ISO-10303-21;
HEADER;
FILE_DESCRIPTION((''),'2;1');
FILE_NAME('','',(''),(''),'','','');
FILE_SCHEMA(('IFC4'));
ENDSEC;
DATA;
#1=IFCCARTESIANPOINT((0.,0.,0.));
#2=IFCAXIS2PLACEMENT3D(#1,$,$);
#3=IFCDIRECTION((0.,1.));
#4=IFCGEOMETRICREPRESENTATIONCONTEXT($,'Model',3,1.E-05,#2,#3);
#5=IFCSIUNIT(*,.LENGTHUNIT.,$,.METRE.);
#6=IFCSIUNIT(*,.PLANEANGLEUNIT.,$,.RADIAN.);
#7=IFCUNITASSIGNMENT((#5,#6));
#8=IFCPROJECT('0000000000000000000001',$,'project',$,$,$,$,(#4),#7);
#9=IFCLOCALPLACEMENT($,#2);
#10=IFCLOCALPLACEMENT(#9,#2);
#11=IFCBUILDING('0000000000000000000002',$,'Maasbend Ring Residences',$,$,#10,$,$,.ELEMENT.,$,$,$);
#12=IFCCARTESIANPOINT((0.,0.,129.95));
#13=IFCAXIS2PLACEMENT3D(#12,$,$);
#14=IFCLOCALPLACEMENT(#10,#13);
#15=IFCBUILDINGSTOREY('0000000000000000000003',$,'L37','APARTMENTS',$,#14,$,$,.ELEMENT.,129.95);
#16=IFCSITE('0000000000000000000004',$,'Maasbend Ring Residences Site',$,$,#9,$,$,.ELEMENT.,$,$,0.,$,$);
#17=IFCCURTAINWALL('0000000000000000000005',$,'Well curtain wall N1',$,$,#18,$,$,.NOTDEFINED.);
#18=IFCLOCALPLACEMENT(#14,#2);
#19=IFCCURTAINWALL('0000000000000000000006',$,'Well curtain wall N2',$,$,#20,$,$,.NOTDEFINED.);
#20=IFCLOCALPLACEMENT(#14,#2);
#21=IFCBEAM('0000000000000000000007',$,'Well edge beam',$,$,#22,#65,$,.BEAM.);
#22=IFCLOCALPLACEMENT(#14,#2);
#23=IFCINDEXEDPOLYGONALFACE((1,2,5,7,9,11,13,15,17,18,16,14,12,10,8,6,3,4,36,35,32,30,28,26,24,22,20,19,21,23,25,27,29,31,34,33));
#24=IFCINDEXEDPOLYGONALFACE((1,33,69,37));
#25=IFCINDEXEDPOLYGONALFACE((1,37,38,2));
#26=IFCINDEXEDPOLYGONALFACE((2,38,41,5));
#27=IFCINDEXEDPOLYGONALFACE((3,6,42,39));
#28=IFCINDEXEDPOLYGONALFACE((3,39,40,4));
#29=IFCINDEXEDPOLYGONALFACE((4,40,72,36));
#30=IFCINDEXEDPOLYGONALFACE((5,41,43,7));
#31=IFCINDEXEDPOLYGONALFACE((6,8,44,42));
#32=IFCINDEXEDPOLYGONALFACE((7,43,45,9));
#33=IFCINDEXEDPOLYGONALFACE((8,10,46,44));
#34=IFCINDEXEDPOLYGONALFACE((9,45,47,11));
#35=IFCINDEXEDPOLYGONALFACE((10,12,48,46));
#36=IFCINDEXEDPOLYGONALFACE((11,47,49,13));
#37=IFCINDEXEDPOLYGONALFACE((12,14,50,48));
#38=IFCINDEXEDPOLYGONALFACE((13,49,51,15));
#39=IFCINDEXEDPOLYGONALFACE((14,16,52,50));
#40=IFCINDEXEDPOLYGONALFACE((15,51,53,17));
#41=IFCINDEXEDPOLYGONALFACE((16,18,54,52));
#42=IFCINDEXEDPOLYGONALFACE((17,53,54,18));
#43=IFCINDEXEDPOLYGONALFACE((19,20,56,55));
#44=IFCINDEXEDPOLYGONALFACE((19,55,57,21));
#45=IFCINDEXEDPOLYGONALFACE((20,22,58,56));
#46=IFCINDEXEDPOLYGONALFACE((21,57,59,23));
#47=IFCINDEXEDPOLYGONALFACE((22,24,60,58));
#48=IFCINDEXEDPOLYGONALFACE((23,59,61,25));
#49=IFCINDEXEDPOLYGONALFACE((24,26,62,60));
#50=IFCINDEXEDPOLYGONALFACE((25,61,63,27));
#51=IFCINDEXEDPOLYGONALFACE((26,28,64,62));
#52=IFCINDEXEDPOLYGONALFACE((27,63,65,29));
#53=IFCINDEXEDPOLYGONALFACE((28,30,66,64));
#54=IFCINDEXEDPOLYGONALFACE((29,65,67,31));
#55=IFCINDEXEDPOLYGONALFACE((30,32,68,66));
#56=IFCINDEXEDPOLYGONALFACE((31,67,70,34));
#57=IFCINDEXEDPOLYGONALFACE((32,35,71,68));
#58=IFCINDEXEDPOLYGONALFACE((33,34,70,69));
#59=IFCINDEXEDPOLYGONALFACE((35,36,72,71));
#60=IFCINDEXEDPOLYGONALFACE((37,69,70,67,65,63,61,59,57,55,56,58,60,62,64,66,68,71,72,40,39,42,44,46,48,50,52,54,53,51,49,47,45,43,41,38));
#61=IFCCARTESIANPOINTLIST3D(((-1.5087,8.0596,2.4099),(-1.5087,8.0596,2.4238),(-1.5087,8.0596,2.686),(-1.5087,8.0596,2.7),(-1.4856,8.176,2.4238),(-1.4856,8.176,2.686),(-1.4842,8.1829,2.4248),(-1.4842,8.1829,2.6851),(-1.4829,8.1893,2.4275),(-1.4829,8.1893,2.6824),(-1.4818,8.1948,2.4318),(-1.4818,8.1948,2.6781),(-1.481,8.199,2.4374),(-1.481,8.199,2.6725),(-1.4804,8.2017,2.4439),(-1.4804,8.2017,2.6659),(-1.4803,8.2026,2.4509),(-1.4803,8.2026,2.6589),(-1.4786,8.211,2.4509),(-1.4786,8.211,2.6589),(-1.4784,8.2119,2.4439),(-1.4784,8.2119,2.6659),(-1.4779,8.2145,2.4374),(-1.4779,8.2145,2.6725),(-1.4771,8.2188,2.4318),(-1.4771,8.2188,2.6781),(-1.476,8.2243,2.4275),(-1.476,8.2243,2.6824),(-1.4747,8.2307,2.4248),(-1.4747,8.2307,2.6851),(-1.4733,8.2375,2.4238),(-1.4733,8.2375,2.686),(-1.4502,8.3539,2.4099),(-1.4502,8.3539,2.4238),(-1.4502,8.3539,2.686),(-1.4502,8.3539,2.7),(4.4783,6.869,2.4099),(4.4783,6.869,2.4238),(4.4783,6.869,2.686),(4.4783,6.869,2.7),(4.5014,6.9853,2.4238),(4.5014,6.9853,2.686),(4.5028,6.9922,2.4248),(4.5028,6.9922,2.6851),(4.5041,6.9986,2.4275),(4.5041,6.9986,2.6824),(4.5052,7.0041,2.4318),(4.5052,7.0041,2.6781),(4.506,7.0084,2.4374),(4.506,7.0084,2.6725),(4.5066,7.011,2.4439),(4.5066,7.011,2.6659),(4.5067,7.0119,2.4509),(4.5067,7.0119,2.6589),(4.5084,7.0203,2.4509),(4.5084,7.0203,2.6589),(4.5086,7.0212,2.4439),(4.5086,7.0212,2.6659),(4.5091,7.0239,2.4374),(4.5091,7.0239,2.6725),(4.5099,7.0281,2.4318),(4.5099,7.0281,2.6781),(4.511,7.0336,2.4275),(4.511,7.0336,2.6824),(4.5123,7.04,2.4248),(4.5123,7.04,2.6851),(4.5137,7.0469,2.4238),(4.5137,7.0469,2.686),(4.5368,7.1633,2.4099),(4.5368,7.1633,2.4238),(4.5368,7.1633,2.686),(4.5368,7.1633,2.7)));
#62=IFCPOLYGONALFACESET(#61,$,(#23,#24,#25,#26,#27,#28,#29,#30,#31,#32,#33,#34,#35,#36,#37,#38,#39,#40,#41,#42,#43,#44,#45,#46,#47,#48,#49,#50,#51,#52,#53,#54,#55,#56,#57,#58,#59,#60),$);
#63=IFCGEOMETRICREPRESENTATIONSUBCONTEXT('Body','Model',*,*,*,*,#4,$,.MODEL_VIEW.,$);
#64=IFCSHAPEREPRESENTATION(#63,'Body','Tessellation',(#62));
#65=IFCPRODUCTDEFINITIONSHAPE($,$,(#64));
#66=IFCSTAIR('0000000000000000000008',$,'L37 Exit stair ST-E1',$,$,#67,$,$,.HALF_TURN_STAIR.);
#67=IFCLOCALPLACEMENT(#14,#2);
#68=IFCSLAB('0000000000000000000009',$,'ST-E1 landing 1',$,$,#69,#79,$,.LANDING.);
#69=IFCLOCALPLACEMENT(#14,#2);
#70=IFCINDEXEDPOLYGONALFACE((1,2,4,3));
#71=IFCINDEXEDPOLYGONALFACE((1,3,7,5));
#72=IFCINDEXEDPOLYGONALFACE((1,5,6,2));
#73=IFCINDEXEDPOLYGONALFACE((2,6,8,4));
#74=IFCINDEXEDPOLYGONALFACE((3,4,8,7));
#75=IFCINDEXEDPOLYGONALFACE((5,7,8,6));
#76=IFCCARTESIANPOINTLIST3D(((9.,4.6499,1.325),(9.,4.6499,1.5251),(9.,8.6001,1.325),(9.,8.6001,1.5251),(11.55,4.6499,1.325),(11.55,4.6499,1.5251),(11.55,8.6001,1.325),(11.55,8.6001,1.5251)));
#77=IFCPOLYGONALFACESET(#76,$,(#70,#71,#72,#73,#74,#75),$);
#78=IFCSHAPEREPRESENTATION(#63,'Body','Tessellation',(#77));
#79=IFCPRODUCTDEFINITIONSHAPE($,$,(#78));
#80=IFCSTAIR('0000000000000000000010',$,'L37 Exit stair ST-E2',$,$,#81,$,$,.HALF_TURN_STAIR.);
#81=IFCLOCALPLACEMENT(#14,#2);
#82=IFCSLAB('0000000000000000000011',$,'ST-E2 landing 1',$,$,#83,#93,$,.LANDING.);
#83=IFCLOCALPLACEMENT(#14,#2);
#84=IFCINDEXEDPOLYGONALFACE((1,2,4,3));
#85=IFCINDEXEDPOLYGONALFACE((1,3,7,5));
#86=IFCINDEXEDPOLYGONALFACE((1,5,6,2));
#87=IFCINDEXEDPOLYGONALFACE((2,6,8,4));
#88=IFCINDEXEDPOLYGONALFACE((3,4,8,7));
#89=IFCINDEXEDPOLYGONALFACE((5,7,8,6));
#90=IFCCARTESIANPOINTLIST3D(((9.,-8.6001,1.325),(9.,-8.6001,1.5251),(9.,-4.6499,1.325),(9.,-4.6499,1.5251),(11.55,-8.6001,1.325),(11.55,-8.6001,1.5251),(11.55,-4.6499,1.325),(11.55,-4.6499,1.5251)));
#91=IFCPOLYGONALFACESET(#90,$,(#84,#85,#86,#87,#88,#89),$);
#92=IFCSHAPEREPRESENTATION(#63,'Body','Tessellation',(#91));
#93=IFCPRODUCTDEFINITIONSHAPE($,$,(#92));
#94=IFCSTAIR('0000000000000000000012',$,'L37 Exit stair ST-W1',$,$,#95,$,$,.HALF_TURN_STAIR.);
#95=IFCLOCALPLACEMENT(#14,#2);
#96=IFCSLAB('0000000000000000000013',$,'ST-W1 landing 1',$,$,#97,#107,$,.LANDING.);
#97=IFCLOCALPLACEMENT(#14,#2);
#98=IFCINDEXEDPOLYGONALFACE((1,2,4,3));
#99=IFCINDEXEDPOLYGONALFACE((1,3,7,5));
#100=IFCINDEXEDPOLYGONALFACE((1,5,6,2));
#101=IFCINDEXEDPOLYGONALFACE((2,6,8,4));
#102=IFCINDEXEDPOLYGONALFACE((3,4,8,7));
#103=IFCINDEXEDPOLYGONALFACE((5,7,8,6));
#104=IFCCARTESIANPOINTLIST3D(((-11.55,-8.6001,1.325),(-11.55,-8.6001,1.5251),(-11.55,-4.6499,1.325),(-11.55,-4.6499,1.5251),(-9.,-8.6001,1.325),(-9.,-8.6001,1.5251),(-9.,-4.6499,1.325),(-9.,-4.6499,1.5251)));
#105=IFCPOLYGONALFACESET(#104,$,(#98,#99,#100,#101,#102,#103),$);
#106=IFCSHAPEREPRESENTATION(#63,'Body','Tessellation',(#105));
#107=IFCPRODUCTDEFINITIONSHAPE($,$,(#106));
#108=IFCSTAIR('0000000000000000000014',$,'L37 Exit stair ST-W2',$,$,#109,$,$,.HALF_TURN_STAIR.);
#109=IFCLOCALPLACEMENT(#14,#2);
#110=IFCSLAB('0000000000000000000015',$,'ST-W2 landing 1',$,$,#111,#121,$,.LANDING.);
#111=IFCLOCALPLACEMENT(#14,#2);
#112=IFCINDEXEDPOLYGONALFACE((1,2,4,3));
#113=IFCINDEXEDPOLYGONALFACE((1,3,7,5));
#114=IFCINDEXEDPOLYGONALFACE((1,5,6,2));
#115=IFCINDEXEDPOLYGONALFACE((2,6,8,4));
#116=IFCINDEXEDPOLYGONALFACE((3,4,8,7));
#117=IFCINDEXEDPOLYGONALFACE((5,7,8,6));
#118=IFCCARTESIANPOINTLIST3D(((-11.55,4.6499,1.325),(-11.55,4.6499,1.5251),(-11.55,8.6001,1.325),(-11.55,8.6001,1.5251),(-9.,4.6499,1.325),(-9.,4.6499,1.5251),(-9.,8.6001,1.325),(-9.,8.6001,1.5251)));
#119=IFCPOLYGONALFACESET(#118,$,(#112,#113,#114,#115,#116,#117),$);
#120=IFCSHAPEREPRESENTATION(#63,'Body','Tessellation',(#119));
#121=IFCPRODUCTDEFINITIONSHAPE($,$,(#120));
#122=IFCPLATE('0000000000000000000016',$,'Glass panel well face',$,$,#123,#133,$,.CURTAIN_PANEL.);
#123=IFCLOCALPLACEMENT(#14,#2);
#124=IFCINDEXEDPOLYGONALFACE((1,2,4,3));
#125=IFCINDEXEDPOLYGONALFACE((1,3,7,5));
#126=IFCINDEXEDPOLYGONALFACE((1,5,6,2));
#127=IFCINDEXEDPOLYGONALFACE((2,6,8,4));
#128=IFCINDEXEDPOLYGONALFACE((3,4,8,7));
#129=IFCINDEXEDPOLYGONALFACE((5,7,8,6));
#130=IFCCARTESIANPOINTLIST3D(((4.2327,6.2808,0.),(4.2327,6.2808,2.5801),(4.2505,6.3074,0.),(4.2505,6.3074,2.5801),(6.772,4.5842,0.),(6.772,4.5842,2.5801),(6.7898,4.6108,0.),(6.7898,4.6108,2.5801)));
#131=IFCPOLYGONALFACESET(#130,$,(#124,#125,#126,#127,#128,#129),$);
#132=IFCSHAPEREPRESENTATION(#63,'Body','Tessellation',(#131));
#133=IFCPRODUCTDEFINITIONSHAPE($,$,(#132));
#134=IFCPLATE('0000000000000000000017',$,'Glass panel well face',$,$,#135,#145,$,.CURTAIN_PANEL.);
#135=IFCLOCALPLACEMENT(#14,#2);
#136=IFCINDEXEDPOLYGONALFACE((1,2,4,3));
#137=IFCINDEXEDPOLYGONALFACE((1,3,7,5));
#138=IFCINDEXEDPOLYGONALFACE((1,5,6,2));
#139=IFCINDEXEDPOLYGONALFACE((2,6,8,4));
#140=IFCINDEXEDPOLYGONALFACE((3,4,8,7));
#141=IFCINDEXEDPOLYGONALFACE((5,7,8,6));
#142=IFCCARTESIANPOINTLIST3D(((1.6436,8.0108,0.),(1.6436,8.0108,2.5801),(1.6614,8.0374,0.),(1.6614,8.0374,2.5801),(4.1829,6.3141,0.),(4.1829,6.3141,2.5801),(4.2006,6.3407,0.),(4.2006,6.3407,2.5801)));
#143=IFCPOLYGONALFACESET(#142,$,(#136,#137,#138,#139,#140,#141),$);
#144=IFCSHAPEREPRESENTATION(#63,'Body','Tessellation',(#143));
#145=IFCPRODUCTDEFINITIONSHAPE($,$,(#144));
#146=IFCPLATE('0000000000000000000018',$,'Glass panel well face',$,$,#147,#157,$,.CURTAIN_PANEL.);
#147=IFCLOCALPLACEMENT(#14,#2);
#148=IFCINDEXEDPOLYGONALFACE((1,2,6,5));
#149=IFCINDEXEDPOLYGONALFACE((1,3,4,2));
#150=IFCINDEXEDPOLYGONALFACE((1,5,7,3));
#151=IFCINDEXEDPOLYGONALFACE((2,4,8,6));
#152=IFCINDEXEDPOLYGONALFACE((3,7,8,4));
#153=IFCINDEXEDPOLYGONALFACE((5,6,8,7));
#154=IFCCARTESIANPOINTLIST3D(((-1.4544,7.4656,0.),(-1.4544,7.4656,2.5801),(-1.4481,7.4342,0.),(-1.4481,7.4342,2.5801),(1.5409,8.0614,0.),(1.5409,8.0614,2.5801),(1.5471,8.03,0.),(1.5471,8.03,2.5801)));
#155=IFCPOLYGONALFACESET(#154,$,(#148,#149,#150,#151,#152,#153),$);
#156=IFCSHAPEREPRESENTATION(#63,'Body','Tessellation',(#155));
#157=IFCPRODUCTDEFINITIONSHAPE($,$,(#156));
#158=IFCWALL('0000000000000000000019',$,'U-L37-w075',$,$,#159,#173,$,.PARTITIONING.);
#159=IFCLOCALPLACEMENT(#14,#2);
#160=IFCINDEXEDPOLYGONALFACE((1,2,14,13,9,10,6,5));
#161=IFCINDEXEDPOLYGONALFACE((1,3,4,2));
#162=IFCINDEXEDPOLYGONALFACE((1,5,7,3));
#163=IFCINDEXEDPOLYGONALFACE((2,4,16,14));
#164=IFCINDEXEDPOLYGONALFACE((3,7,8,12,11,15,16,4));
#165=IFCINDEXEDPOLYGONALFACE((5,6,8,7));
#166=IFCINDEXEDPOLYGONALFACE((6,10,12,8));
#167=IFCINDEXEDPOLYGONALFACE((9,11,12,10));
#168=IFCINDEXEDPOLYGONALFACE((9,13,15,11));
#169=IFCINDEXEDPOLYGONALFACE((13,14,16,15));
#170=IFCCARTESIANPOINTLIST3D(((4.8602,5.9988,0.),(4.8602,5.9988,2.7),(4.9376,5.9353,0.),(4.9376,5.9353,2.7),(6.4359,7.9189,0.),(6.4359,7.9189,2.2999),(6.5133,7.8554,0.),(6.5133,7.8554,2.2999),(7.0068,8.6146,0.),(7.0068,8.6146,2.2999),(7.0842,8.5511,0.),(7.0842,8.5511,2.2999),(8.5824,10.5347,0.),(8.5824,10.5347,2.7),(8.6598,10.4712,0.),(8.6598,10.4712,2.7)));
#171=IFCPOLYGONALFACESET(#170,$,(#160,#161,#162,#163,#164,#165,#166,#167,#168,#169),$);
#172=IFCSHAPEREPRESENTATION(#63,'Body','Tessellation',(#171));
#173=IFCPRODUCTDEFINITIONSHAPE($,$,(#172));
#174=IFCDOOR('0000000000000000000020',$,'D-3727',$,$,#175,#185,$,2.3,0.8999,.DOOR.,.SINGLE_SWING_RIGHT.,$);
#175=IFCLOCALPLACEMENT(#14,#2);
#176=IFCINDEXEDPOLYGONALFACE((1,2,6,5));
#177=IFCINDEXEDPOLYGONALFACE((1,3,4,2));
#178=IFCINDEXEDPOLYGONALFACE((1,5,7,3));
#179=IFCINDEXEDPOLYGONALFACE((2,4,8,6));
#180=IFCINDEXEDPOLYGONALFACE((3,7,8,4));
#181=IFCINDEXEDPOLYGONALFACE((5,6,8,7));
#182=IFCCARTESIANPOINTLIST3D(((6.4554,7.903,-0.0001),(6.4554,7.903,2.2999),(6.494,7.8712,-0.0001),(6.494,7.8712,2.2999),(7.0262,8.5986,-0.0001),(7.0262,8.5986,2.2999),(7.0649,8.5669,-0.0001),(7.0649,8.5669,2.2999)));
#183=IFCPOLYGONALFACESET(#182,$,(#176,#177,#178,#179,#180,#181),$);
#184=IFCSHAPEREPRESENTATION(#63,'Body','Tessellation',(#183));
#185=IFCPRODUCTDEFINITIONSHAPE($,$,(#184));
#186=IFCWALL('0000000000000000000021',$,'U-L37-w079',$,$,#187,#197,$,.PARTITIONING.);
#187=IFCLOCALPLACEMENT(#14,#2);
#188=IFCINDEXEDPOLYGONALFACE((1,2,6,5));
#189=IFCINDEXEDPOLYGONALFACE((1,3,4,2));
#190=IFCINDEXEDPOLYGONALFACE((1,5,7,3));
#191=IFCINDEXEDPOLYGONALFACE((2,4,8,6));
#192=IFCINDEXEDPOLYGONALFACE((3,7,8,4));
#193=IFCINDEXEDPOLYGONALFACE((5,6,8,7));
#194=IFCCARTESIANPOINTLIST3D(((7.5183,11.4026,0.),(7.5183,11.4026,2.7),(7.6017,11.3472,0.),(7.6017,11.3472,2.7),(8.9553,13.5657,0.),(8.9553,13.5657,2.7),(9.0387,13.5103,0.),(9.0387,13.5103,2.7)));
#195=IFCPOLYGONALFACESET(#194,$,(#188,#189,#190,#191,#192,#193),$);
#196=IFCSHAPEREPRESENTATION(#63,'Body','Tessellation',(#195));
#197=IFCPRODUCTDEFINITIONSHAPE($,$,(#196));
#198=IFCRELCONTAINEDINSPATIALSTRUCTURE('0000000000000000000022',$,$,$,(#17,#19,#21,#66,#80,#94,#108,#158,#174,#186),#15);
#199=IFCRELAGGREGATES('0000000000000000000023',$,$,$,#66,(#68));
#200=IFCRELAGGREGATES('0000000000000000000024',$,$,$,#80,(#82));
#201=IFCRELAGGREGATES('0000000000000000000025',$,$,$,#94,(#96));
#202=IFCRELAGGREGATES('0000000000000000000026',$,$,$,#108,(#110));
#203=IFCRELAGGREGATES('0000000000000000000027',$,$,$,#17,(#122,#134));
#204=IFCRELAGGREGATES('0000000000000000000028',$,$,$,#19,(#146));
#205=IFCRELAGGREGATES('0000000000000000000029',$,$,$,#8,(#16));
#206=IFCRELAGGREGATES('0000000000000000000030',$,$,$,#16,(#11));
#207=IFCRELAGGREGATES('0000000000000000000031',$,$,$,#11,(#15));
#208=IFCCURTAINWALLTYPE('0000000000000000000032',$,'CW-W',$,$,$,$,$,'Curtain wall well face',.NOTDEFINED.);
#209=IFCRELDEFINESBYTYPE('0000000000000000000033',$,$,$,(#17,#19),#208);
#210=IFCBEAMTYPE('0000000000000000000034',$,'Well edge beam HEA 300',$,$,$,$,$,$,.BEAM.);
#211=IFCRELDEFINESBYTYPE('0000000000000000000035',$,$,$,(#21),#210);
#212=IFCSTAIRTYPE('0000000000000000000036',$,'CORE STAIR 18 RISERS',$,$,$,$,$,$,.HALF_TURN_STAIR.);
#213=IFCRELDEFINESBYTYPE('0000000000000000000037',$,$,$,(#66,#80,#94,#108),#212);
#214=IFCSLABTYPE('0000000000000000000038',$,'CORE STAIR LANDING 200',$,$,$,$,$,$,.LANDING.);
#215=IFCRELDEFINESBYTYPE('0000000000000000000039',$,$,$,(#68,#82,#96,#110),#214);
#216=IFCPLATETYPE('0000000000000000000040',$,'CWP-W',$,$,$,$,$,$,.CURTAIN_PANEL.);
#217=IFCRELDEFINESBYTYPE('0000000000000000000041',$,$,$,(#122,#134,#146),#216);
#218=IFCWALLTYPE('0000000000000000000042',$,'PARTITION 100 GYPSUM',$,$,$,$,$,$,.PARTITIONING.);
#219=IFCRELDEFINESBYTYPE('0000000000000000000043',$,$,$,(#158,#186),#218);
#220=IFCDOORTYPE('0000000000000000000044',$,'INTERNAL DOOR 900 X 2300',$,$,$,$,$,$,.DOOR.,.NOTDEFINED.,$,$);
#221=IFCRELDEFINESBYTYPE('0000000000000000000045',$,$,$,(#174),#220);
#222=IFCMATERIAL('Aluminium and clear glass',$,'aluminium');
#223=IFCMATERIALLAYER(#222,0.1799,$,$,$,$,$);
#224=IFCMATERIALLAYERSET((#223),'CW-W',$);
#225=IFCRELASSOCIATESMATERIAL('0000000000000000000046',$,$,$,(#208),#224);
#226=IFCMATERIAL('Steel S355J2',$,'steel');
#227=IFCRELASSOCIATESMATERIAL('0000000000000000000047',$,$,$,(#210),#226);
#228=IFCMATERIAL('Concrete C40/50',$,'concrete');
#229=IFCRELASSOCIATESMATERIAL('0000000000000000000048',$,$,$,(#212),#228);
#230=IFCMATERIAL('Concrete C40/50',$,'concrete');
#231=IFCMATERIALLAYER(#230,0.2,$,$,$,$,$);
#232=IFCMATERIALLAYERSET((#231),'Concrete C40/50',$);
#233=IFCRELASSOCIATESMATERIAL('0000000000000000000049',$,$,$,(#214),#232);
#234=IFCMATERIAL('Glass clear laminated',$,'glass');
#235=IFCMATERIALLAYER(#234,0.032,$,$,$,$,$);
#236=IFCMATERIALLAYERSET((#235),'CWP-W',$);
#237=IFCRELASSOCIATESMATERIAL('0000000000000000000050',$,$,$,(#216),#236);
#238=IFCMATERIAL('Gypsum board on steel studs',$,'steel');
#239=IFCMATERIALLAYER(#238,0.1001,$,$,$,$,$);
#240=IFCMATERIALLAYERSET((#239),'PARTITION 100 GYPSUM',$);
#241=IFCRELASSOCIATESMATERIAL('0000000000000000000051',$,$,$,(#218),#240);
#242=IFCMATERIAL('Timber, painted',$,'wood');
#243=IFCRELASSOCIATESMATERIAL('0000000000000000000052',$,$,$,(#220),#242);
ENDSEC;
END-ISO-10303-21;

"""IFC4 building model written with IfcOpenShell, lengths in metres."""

from ifc_helpers import new_model, si_unit, direction, frame, frame_2d, origin, origin_2d, place, context, subcontext, project, spatial, polyline, rectangle, i_section, outline, extrude, material, layer, layer_set, material_profile, profile_set, type_object, element, fill, aggregate, save


model = new_model("IFC4")

# Units and contexts
model_context = context("Model", 3, precision=1e-05, world=origin(), true_north=direction((0.0, 1.0)))
body_context = subcontext(model_context, "Body", "Model", "MODEL_VIEW")
ifc_project = project(units=[si_unit("LENGTHUNIT", "METRE"), si_unit("PLANEANGLEUNIT", "RADIAN")], contexts=[model_context])

# Site, building, storey
site_placement = place(None, origin())
site = spatial("IfcSite", under=ifc_project, at=site_placement, Name="Maasbend Ring Residences Site", CompositionType="ELEMENT", RefElevation=0.0)
building_placement = place(site_placement, origin())
building = spatial("IfcBuilding", under=site, at=building_placement, Name="Maasbend Ring Residences", CompositionType="ELEMENT")
storey_placement = place(building_placement, frame((0.0, 0.0, 129.95)))
storey = spatial("IfcBuildingStorey", under=building, at=storey_placement, Name="L37", Description="APARTMENTS", CompositionType="ELEMENT", Elevation=129.95)

# Curtain wall
ifc_material_1 = material(Name="Aluminium and clear glass", Category="aluminium")
ifc_layer_1 = layer(ifc_material_1, 0.1799)
ifc_layer_set_1 = layer_set([ifc_layer_1], Name="CW-W")
curtain_wall_type = type_object("IfcCurtainWallType", Name="CW-W", ElementType="Curtain wall well face", PredefinedType="NOTDEFINED", material=ifc_layer_set_1)
curtain_wall_1_placement = place(storey_placement, origin())
curtain_wall_1 = element("IfcCurtainWall", 1, at=curtain_wall_1_placement, inside=storey, type_object=curtain_wall_type, Name="Well curtain wall N1", PredefinedType="NOTDEFINED")

# Curtain wall
curtain_wall_2_placement = place(storey_placement, origin())
curtain_wall_2 = element("IfcCurtainWall", 2, at=curtain_wall_2_placement, inside=storey, type_object=curtain_wall_type, Name="Well curtain wall N2", PredefinedType="NOTDEFINED")

# Beam
ifc_material_2 = material(Name="Steel S355J2", Category="steel")
ifc_material_profile_1 = material_profile(ifc_material_2, i_section(OverallWidth=0.3, OverallDepth=0.29, WebThickness=0.0085, FlangeThickness=0.0139, FilletRadius=0.0271, at=origin_2d()), Name="HEA 300")
ifc_profile_set_1 = profile_set([ifc_material_profile_1], Name="Steel S355J2")
beam_type = type_object("IfcBeamType", Name="Well edge beam HEA 300", PredefinedType="BEAM", material=ifc_profile_set_1)
beam_1_placement = place(storey_placement, frame((4.5076, 7.0161, 2.5549), z_axis=(-0.980792, 0.195055, 0.0), x_axis=(-0.195055, -0.980792, 0.0)))
element("IfcBeam", 3, at=beam_1_placement, inside=storey, type_object=beam_type, Name="Well edge beam", PredefinedType="BEAM", context=body_context, shape_type="SweptSolid", body=[
    extrude(i_section(OverallWidth=0.3, OverallDepth=0.29, WebThickness=0.0085, FlangeThickness=0.0139, FilletRadius=0.0271, at=origin_2d()), origin(), (0.0, 0.0, 1.0), 6.1042),
])

# Stairs, slabs
ifc_material_3 = material(Name="Concrete C40/50", Category="concrete")
stair_type = type_object("IfcStairType", Name="CORE STAIR 18 RISERS", PredefinedType="HALF_TURN_STAIR", material=ifc_material_3)
stair_1_placement = place(storey_placement, origin())
stair_1 = element("IfcStair", 4, at=stair_1_placement, inside=storey, type_object=stair_type, Name="L37 Exit stair ST-E1", PredefinedType="HALF_TURN_STAIR")
ifc_material_4 = material(Name="Concrete C40/50", Category="concrete")
ifc_layer_2 = layer(ifc_material_4, 0.2)
ifc_layer_set_2 = layer_set([ifc_layer_2], Name="Concrete C40/50")
slab_type = type_object("IfcSlabType", Name="CORE STAIR LANDING 200", PredefinedType="LANDING", material=ifc_layer_set_2)
slab_1_placement = place(storey_placement, frame((0.0, 0.0, 1.325)))
slab_1 = element("IfcSlab", 5, at=slab_1_placement, type_object=slab_type, Name="ST-E1 landing 1", PredefinedType="LANDING", context=body_context, shape_type="SweptSolid", body=[
    extrude(outline(polyline([(11.55, 8.6001), (9.0, 8.6001), (9.0, 4.6499), (11.55, 4.6499), (11.55, 8.6001)])), origin(), (0.0, 0.0, 1.0), 0.2002),
])
aggregate(stair_1, [slab_1])
stair_2_placement = place(storey_placement, origin())
stair_2 = element("IfcStair", 6, at=stair_2_placement, inside=storey, type_object=stair_type, Name="L37 Exit stair ST-E2", PredefinedType="HALF_TURN_STAIR")
slab_2_placement = place(storey_placement, frame((0.0, 0.0, 1.325)))
slab_2 = element("IfcSlab", 7, at=slab_2_placement, type_object=slab_type, Name="ST-E2 landing 1", PredefinedType="LANDING", context=body_context, shape_type="SweptSolid", body=[
    extrude(outline(polyline([(11.55, -4.6499), (9.0, -4.6499), (9.0, -8.6001), (11.55, -8.6001), (11.55, -4.6499)])), origin(), (0.0, 0.0, 1.0), 0.2002),
])
aggregate(stair_2, [slab_2])
stair_3_placement = place(storey_placement, origin())
stair_3 = element("IfcStair", 8, at=stair_3_placement, inside=storey, type_object=stair_type, Name="L37 Exit stair ST-W1", PredefinedType="HALF_TURN_STAIR")
slab_3_placement = place(storey_placement, frame((0.0, 0.0, 1.325)))
slab_3 = element("IfcSlab", 9, at=slab_3_placement, type_object=slab_type, Name="ST-W1 landing 1", PredefinedType="LANDING", context=body_context, shape_type="SweptSolid", body=[
    extrude(outline(polyline([(-11.55, -8.6001), (-9.0, -8.6001), (-9.0, -4.6499), (-11.55, -4.6499), (-11.55, -8.6001)])), origin(), (0.0, 0.0, 1.0), 0.2002),
])
aggregate(stair_3, [slab_3])
stair_4_placement = place(storey_placement, origin())
stair_4 = element("IfcStair", 10, at=stair_4_placement, inside=storey, type_object=stair_type, Name="L37 Exit stair ST-W2", PredefinedType="HALF_TURN_STAIR")
slab_4_placement = place(storey_placement, frame((0.0, 0.0, 1.325)))
slab_4 = element("IfcSlab", 11, at=slab_4_placement, type_object=slab_type, Name="ST-W2 landing 1", PredefinedType="LANDING", context=body_context, shape_type="SweptSolid", body=[
    extrude(outline(polyline([(-11.55, 4.6499), (-9.0, 4.6499), (-9.0, 8.6001), (-11.55, 8.6001), (-11.55, 4.6499)])), origin(), (0.0, 0.0, 1.0), 0.2002),
])
aggregate(stair_4, [slab_4])

# Plates
ifc_material_5 = material(Name="Glass clear laminated", Category="glass")
ifc_layer_3 = layer(ifc_material_5, 0.032)
ifc_layer_set_3 = layer_set([ifc_layer_3], Name="CWP-W")
plate_type = type_object("IfcPlateType", Name="CWP-W", PredefinedType="CURTAIN_PANEL", material=ifc_layer_set_3)
plate_1_placement = place(storey_placement, frame((5.5112, 5.4458, 0.0), z_axis=(0.0, 0.0, 1.0), x_axis=(-0.83147, 0.55557, 0.0)))
plate_1 = element("IfcPlate", 12, at=plate_1_placement, type_object=plate_type, Name="Glass panel well face", PredefinedType="CURTAIN_PANEL", context=body_context, shape_type="SweptSolid", body=[
    extrude(rectangle(XDim=3.054, YDim=0.032, at=origin_2d()), origin(), (0.0, 0.0, 1.0), 2.5801),
])
plate_2_placement = place(storey_placement, frame((2.9221, 7.1758, 0.0), z_axis=(0.0, 0.0, 1.0), x_axis=(-0.83147, 0.55557, 0.0)))
plate_2 = element("IfcPlate", 13, at=plate_2_placement, type_object=plate_type, Name="Glass panel well face", PredefinedType="CURTAIN_PANEL", context=body_context, shape_type="SweptSolid", body=[
    extrude(rectangle(XDim=3.054, YDim=0.032, at=origin_2d()), origin(), (0.0, 0.0, 1.0), 2.5801),
])
aggregate(curtain_wall_1, [plate_1, plate_2])
plate_3_placement = place(storey_placement, frame((0.0464, 7.7478, 0.0), z_axis=(0.0, 0.0, 1.0), x_axis=(-0.980785, -0.19509, 0.0)))
plate_3 = element("IfcPlate", 14, at=plate_3_placement, type_object=plate_type, Name="Glass panel well face", PredefinedType="CURTAIN_PANEL", context=body_context, shape_type="SweptSolid", body=[
    extrude(rectangle(XDim=3.054, YDim=0.032, at=origin_2d()), origin(), (0.0, 0.0, 1.0), 2.5801),
])
aggregate(curtain_wall_2, [plate_3])

# Wall, opening, door
ifc_material_6 = material(Name="Gypsum board on steel studs", Category="steel")
ifc_layer_4 = layer(ifc_material_6, 0.1001)
ifc_layer_set_4 = layer_set([ifc_layer_4], Name="PARTITION 100 GYPSUM")
wall_type_1 = type_object("IfcWallType", Name="PARTITION 100 GYPSUM", PredefinedType="PARTITIONING", material=ifc_layer_set_4)
wall_1_placement = place(storey_placement, frame((4.8989, 5.967, 0.0), z_axis=(0.0, 0.0, 1.0), x_axis=(0.634359, 0.773039, 0.0)))
wall_1 = element("IfcWall", 15, at=wall_1_placement, inside=storey, type_object=wall_type_1, Name="U-L37-w075", PredefinedType="PARTITIONING", context=body_context, shape_type="SweptSolid", body=[
    extrude(rectangle(XDim=5.8677, YDim=0.1001, at=frame_2d((2.9338, 0.0))), origin(), (0.0, 0.0, 1.0), 2.7),
])
opening_placement = place(wall_1_placement, frame((2.4839, 0.0, 0.0)))
opening = element("IfcOpeningElement", 16, at=opening_placement, cuts=wall_1, PredefinedType="OPENING", context=body_context, shape_type="SweptSolid", body=[
    extrude(rectangle(XDim=0.8999, YDim=2.3, at=frame_2d((0.45, 1.1499))), frame((0.0, 0.0601, 0.0), z_axis=(0.0, -1.0, 0.0), x_axis=(1.0, 0.0, 0.0)), (0.0, 0.0, 1.0), 0.1201),
])
ifc_material_7 = material(Name="Timber, painted", Category="wood")
door_type = type_object("IfcDoorType", Name="INTERNAL DOOR 900 X 2300", OperationType="NOTDEFINED", PredefinedType="DOOR", material=ifc_material_7)
door_placement = place(opening_placement, origin())
door = element("IfcDoor", 17, at=door_placement, inside=storey, type_object=door_type, Name="D-3727", OperationType="SINGLE_SWING_RIGHT", OverallHeight=2.3, OverallWidth=0.8999, PredefinedType="DOOR", context=body_context, shape_type="SweptSolid", body=[
    extrude(rectangle(XDim=0.8999, YDim=2.3, at=frame_2d((0.45, 1.1499))), frame((0.0, 0.0249, 0.0), z_axis=(0.0, -1.0, 0.0), x_axis=(1.0, 0.0, 0.0)), (0.0, 0.0, 1.0), 0.05),
])
fill(opening, door)

# Wall
wall_2_placement = place(storey_placement, frame((7.5601, 11.375, 0.0), z_axis=(0.0, 0.0, 1.0), x_axis=(0.553354, 0.832946, 0.0)))
element("IfcWall", 18, at=wall_2_placement, inside=storey, type_object=wall_type_1, Name="U-L37-w079", PredefinedType="PARTITIONING", context=body_context, shape_type="SweptSolid", body=[
    extrude(rectangle(XDim=2.5969, YDim=0.1001, at=frame_2d((1.2983, 0.0))), origin(), (0.0, 0.0, 1.0), 2.7),
])

save(model, "model.ifc")
